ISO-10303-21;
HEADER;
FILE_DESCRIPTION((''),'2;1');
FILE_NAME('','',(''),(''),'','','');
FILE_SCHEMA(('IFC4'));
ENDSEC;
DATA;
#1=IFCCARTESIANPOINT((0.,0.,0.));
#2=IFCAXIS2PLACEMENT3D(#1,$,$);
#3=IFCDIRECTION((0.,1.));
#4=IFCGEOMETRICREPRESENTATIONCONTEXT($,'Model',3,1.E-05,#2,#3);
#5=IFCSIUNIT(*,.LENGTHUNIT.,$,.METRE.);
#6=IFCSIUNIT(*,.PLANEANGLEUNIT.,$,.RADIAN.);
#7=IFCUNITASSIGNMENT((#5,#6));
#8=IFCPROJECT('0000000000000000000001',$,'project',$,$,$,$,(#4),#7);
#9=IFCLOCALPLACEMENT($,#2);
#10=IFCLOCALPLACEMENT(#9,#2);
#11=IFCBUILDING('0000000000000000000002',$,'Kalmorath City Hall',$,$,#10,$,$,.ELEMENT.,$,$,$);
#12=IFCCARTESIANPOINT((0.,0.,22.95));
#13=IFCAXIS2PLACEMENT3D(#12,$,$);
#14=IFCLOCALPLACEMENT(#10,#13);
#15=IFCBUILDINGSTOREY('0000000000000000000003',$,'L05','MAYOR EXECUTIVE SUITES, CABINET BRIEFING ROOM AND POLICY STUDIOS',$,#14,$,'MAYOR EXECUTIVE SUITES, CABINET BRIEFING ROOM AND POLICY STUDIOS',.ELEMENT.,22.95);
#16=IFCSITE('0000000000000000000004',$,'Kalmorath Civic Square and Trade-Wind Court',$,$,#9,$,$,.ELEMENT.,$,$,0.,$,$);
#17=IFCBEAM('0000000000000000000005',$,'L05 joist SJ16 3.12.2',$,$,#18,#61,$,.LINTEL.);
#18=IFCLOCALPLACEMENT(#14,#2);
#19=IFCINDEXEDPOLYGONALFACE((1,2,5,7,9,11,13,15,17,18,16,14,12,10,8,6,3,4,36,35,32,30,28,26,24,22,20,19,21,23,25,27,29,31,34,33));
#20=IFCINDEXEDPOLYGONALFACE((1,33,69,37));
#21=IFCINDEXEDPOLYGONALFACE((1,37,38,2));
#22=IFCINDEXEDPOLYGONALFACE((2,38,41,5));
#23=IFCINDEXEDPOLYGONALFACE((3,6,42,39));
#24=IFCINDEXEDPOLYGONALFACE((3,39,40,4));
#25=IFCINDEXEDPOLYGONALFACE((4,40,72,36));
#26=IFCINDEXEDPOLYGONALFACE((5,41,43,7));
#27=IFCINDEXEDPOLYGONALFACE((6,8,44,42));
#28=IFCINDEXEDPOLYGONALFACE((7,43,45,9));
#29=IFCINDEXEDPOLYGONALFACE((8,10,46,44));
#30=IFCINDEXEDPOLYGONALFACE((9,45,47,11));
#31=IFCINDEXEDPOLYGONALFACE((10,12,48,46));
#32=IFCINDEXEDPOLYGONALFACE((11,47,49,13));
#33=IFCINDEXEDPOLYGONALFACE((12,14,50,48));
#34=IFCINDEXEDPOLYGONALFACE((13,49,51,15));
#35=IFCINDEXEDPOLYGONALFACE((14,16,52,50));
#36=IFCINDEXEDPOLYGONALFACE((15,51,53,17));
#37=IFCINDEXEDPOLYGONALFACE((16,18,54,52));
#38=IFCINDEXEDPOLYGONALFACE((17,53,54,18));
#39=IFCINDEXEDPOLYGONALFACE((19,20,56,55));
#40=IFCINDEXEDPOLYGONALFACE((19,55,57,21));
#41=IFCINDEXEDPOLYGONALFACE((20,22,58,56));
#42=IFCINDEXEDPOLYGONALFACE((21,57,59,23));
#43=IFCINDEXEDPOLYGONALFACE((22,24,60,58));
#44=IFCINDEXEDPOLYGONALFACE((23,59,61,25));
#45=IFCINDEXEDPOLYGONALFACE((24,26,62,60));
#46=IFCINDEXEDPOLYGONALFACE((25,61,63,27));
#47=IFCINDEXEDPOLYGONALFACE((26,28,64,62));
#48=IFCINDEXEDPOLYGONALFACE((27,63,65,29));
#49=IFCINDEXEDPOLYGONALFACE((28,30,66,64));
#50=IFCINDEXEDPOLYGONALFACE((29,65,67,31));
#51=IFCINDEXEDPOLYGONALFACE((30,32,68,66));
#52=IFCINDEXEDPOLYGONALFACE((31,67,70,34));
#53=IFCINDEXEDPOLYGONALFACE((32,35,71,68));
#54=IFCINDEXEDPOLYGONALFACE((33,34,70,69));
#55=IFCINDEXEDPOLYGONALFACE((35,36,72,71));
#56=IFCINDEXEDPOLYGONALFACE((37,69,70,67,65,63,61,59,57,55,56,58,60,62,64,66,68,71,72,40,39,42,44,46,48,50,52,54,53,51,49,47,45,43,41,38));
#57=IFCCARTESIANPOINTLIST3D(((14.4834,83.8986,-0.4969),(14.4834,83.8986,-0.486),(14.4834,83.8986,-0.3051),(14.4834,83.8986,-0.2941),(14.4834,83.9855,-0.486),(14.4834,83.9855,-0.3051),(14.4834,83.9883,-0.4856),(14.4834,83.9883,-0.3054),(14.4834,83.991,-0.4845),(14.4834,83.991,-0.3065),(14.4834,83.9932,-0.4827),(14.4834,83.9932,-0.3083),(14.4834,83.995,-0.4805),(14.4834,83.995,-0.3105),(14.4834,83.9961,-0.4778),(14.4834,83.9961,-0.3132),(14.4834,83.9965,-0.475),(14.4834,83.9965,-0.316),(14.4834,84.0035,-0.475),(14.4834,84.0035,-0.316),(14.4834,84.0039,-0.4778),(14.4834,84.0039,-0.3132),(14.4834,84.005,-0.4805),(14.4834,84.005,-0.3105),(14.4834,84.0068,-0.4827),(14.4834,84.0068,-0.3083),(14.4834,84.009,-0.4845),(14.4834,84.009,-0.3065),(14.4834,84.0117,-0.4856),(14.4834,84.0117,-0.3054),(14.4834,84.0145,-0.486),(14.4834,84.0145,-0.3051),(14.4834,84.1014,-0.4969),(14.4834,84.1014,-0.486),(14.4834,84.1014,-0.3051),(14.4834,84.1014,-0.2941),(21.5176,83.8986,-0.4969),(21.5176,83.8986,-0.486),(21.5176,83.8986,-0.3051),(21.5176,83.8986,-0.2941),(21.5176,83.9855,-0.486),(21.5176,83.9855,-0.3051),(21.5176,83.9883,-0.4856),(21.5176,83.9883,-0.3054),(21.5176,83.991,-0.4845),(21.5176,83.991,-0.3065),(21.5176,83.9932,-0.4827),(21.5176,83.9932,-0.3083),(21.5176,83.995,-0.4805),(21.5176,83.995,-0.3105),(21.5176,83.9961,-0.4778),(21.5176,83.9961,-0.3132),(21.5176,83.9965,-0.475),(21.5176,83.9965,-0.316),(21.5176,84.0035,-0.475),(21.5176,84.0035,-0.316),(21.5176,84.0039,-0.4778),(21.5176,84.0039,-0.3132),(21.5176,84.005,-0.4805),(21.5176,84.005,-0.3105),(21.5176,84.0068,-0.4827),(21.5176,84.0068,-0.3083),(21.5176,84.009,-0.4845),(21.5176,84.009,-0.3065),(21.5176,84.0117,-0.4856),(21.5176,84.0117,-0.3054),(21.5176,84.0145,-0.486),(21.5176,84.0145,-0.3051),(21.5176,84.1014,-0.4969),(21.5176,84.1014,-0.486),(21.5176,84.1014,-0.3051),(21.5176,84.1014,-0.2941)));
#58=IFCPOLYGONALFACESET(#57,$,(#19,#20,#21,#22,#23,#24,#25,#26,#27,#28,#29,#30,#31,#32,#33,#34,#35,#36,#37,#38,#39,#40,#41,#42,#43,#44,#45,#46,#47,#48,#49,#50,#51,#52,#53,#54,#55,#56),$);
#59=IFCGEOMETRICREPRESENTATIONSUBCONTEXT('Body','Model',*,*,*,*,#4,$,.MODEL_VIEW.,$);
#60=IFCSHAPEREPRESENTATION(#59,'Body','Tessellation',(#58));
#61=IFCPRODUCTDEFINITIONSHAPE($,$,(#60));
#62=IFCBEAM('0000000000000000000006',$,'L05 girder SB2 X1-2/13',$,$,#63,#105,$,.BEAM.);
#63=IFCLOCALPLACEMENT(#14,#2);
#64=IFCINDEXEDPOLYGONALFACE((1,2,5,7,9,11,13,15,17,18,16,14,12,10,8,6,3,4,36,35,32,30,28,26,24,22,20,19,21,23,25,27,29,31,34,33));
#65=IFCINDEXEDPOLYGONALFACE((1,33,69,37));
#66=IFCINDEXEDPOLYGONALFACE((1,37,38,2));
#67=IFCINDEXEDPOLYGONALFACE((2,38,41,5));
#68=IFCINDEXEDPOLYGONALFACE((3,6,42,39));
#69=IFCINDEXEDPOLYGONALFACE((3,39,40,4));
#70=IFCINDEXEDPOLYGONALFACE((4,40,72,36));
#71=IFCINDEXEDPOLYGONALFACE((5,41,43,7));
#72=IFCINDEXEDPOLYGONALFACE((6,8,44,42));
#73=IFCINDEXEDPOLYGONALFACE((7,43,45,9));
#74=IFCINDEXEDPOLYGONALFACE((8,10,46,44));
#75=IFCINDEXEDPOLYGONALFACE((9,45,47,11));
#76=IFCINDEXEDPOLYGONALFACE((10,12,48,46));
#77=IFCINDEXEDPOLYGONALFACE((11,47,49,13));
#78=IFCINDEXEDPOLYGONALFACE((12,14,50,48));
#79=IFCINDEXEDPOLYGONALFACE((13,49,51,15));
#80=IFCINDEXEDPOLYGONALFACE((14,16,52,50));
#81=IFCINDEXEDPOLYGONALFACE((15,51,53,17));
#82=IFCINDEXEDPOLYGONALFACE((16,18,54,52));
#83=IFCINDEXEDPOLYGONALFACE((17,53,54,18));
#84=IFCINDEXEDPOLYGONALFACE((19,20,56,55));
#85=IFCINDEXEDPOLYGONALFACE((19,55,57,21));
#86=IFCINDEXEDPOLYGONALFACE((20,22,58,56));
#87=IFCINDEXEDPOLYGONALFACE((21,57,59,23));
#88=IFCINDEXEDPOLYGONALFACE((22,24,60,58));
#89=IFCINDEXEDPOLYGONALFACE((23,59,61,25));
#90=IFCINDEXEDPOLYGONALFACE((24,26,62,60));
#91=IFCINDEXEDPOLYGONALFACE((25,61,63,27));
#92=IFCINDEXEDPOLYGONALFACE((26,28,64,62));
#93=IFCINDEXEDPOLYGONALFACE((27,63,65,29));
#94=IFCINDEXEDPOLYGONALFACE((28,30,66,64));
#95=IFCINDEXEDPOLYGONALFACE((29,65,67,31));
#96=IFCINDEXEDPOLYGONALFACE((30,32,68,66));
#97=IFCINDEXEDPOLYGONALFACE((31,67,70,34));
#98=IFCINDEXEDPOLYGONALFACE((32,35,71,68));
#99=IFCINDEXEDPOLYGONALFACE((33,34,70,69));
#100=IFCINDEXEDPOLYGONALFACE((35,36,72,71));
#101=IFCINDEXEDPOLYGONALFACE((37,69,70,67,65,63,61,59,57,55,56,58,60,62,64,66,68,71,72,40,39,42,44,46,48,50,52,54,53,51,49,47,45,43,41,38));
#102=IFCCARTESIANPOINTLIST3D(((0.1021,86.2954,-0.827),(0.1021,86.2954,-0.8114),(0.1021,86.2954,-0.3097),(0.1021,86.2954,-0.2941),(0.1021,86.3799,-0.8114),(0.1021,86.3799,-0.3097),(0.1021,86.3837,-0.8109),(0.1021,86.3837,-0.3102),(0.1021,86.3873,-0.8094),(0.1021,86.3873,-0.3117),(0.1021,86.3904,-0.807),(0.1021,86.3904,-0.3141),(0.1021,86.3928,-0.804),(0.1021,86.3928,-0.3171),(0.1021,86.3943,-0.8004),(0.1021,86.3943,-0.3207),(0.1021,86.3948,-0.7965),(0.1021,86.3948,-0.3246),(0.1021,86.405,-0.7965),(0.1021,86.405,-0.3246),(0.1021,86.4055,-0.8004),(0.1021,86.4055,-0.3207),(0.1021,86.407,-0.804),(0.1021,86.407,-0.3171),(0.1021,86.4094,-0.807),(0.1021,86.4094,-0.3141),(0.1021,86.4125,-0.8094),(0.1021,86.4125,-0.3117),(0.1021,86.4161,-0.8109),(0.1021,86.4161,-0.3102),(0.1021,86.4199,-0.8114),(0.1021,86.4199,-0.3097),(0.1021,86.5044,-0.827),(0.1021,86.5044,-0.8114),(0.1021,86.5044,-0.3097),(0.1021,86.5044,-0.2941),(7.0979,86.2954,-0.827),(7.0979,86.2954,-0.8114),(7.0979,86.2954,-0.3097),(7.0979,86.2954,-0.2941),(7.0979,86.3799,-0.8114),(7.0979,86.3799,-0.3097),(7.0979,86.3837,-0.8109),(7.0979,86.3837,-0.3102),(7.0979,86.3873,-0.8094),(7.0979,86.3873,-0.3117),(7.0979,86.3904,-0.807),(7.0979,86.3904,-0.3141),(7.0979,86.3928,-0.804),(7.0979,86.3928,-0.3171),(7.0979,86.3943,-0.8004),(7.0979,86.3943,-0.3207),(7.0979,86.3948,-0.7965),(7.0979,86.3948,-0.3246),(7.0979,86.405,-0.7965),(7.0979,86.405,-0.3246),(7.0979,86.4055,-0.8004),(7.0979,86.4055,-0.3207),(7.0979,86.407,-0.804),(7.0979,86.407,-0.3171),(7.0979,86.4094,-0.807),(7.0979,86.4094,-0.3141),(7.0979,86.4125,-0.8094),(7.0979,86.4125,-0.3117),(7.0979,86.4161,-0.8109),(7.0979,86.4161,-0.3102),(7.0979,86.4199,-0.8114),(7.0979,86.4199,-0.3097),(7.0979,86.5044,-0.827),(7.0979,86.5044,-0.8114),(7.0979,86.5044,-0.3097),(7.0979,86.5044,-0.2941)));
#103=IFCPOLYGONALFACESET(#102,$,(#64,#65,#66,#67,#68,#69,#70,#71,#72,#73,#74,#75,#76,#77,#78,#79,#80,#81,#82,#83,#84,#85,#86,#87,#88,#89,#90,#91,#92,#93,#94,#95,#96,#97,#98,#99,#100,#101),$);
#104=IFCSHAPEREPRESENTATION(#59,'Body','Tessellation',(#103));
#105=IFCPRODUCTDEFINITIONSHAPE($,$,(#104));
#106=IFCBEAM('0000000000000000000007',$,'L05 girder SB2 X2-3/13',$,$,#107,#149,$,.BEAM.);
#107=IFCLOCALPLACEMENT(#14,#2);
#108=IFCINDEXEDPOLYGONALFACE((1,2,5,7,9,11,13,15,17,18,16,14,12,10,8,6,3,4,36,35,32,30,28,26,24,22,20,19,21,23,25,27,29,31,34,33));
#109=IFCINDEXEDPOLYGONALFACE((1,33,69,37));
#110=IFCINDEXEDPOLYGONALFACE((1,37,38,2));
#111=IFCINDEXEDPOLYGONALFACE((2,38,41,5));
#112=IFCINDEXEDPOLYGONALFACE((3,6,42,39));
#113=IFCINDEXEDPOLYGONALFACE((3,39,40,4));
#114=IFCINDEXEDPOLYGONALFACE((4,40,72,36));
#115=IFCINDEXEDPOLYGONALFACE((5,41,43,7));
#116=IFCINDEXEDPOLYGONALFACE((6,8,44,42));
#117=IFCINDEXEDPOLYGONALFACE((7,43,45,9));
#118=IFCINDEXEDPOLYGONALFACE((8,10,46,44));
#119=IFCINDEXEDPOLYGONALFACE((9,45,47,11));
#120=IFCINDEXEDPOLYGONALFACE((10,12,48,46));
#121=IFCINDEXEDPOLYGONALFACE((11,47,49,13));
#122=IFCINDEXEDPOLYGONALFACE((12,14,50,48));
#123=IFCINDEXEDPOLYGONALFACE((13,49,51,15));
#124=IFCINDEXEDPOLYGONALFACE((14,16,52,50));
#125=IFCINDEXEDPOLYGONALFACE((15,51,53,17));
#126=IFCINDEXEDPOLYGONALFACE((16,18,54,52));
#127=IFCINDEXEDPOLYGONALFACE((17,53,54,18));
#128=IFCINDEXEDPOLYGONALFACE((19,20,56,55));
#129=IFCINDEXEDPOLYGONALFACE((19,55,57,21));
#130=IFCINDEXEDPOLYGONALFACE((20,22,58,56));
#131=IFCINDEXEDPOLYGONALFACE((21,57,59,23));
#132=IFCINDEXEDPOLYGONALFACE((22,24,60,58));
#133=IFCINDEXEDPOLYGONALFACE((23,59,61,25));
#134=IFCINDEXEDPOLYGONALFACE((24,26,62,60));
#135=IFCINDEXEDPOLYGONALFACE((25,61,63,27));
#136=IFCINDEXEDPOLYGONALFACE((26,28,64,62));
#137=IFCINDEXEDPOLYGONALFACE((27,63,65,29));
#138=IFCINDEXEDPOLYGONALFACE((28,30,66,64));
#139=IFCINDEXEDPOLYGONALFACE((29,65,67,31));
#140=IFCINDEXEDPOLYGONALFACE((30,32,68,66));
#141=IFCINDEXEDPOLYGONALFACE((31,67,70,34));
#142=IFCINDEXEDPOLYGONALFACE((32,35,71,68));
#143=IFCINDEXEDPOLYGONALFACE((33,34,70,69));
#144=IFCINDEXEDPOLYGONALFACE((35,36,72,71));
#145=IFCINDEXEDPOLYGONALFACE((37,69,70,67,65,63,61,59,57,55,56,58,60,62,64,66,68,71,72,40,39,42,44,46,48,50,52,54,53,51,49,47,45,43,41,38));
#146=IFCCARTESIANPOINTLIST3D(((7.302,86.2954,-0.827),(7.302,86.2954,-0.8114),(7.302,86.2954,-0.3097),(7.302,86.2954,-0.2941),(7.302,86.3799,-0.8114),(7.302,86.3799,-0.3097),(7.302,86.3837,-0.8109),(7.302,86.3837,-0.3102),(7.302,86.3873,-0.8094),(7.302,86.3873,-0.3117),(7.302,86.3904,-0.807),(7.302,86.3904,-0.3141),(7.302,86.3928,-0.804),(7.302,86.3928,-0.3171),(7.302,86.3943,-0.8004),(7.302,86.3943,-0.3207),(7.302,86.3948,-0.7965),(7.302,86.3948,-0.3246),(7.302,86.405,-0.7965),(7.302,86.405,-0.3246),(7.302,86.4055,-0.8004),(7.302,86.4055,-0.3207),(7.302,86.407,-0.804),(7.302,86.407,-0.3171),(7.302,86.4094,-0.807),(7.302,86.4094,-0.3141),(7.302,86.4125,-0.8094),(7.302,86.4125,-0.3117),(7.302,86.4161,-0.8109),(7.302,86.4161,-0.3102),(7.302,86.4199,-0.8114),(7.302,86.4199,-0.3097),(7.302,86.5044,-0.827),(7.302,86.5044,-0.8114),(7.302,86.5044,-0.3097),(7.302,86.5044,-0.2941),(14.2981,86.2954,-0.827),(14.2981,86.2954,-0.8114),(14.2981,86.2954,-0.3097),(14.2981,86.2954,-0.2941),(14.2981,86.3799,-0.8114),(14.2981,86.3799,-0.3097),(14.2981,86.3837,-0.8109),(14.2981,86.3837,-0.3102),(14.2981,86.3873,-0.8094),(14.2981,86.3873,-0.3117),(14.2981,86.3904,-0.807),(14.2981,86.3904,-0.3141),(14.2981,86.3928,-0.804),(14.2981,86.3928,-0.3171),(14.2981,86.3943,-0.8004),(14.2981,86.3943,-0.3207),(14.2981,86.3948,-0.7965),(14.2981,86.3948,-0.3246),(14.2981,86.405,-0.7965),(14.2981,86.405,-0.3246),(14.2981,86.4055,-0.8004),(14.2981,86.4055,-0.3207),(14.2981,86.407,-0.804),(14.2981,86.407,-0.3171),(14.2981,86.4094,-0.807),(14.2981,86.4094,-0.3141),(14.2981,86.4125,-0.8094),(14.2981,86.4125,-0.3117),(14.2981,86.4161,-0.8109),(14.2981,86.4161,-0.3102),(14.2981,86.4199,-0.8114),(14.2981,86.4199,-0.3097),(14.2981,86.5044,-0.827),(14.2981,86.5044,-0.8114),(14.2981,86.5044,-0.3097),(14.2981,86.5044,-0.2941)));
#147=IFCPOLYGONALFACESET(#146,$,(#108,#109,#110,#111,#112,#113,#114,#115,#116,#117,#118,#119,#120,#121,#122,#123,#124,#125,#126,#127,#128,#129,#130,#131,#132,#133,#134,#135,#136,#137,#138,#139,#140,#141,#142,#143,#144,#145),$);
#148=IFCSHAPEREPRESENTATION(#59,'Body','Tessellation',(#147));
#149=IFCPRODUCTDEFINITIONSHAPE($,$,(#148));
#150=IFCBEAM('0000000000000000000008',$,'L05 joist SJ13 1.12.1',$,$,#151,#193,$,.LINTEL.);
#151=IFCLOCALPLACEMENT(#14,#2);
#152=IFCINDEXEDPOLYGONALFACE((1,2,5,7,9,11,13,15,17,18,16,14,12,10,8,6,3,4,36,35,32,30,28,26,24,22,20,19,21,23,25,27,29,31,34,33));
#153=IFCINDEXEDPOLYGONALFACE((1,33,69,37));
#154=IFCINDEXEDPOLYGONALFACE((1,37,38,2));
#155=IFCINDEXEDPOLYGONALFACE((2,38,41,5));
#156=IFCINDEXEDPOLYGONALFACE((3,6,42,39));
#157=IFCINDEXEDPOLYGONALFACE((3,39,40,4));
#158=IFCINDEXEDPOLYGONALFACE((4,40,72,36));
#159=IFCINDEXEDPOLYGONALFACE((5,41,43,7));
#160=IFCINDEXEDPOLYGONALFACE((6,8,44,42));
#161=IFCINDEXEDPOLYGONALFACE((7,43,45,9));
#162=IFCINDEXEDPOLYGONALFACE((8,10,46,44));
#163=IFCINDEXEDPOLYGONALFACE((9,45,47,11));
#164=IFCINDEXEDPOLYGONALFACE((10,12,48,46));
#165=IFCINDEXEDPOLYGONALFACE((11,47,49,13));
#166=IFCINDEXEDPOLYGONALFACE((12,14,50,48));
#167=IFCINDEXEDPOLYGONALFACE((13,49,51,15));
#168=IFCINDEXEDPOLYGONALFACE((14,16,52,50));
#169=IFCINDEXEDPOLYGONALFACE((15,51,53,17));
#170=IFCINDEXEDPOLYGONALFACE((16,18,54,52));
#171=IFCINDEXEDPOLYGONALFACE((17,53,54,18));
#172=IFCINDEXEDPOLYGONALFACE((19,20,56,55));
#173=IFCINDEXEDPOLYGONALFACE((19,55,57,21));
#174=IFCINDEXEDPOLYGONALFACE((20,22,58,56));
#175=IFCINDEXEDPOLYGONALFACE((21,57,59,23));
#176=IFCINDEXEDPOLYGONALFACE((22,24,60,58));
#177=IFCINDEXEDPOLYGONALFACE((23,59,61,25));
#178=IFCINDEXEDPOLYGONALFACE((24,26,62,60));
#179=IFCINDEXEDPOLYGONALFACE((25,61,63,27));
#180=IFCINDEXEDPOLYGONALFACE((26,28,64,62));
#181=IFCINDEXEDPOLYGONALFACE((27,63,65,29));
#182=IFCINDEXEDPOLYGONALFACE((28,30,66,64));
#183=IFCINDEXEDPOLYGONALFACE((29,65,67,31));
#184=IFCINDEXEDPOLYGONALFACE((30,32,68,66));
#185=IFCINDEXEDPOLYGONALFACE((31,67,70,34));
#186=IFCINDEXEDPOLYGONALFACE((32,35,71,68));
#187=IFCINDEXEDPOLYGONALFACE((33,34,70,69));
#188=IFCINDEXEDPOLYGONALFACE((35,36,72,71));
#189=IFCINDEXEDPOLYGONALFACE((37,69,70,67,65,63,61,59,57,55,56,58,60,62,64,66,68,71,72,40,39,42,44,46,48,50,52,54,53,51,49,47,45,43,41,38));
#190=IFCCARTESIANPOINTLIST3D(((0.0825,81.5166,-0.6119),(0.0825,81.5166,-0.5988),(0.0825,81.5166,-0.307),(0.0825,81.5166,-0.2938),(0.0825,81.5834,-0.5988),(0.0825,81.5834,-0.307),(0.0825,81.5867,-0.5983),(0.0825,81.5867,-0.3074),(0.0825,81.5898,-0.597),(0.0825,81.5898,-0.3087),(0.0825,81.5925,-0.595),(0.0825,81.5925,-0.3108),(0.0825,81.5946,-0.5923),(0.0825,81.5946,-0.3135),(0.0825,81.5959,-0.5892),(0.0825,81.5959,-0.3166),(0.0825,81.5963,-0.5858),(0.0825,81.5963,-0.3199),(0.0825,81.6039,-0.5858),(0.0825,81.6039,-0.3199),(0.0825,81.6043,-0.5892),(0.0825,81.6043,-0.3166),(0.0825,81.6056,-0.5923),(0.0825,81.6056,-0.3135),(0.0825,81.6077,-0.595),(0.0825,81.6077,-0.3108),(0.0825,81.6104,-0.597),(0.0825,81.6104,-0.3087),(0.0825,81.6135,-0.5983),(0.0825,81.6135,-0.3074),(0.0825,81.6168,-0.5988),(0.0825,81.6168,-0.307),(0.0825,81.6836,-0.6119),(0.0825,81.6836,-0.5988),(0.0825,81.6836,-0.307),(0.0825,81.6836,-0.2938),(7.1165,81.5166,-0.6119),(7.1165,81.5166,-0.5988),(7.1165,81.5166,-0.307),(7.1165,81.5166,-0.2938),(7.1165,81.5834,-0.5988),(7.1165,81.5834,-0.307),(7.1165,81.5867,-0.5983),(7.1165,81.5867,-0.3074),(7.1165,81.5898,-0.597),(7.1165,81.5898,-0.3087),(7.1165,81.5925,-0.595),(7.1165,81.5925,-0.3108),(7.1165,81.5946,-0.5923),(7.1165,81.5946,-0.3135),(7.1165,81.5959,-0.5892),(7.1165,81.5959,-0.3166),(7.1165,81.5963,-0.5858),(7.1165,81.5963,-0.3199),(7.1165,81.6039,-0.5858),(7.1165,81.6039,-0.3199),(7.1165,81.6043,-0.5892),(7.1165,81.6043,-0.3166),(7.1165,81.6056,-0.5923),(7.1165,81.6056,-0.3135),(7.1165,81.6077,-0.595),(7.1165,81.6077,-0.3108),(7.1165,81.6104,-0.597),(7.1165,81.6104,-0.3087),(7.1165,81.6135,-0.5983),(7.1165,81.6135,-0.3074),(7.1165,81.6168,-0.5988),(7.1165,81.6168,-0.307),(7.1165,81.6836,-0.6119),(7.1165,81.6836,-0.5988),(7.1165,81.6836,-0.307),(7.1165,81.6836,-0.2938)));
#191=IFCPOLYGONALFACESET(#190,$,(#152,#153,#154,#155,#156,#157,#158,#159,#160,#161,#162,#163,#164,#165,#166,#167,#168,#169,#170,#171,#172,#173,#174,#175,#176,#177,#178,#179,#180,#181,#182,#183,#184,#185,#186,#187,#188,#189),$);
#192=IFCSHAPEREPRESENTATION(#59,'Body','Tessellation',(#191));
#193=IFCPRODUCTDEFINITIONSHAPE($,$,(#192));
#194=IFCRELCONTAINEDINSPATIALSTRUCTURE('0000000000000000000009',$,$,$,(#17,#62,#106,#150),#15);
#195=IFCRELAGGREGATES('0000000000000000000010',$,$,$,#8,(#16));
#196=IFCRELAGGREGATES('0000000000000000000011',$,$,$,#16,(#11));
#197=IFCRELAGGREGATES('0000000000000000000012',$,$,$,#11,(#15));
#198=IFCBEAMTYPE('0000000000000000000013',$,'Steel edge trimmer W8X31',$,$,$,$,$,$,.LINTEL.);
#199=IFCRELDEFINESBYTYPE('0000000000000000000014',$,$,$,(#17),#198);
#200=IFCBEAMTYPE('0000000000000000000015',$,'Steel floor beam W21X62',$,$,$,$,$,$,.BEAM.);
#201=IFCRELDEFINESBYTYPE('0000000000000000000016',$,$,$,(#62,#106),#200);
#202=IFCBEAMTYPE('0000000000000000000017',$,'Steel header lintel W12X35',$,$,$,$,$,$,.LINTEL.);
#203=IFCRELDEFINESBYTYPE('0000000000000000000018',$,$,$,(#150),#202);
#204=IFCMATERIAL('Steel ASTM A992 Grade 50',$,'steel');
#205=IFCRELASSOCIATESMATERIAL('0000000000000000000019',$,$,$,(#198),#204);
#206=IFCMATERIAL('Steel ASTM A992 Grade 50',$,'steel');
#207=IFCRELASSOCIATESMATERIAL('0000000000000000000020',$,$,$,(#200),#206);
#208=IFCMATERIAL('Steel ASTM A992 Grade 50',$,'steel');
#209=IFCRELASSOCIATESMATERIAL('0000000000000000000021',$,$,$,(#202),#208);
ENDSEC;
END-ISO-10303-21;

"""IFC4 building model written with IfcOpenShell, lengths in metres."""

from ifc_helpers import new_model, si_unit, direction, frame, origin, origin_2d, place, context, subcontext, project, spatial, i_section, extrude, material, material_profile, profile_set, type_object, element, save


model = new_model("IFC4")

# Units and contexts
model_context = context("Model", 3, precision=1e-05, world=origin(), true_north=direction((0.0, 1.0)))
body_context = subcontext(model_context, "Body", "Model", "MODEL_VIEW")
ifc_project = project(units=[si_unit("LENGTHUNIT", "METRE"), si_unit("PLANEANGLEUNIT", "RADIAN")], contexts=[model_context])

# Site, building, storey
site_placement = place(None, origin())
site = spatial("IfcSite", under=ifc_project, at=site_placement, Name="Kalmorath Civic Square and Trade-Wind Court", CompositionType="ELEMENT", RefElevation=0.0)
building_placement = place(site_placement, origin())
building = spatial("IfcBuilding", under=site, at=building_placement, Name="Kalmorath City Hall", CompositionType="ELEMENT")
storey_placement = place(building_placement, frame((0.0, 0.0, 22.95)))
storey = spatial("IfcBuildingStorey", under=building, at=storey_placement, Name="L05", Description="MAYOR EXECUTIVE SUITES, CABINET BRIEFING ROOM AND POLICY STUDIOS", LongName="MAYOR EXECUTIVE SUITES, CABINET BRIEFING ROOM AND POLICY STUDIOS", CompositionType="ELEMENT", Elevation=22.95)

# Beams
ifc_material_1 = material(Name="Steel ASTM A992 Grade 50", Category="steel")
ifc_material_profile_1 = material_profile(ifc_material_1, i_section(OverallWidth=0.2029, OverallDepth=0.2029, WebThickness=0.0071, FlangeThickness=0.011, FilletRadius=0.011, at=origin_2d()), Name="W8X31")
ifc_profile_set_1 = profile_set([ifc_material_profile_1], Name="Steel ASTM A992 Grade 50")
beam_type_1 = type_object("IfcBeamType", Name="Steel edge trimmer W8X31", PredefinedType="LINTEL", material=ifc_profile_set_1)
for number, where, z_axis, x_axis, name in (
    (1, (14.4834, 84.0, -0.3955), (1.0, 0.0, 0.0), (0.0, 1.0, 0.0), "L05 joist SJ16 3.12.2"),
):
    element("IfcBeam", number, at=place(storey_placement, frame(where, z_axis=z_axis, x_axis=x_axis)), inside=storey, type_object=beam_type_1, Name=name, PredefinedType="LINTEL", context=body_context, shape_type="SweptSolid", body=[
        extrude(i_section(OverallWidth=0.2029, OverallDepth=0.2029, WebThickness=0.0071, FlangeThickness=0.011, FilletRadius=0.011, at=origin_2d()), origin(), (0.0, 0.0, 1.0), 7.0342),
    ])
ifc_material_2 = material(Name="Steel ASTM A992 Grade 50", Category="steel")
ifc_material_profile_2 = material_profile(ifc_material_2, i_section(OverallWidth=0.209, OverallDepth=0.533, WebThickness=0.0103, FlangeThickness=0.0156, FilletRadius=0.0149, at=origin_2d()), Name="W21X62")
ifc_profile_set_2 = profile_set([ifc_material_profile_2], Name="Steel ASTM A992 Grade 50")
beam_type_2 = type_object("IfcBeamType", Name="Steel floor beam W21X62", PredefinedType="BEAM", material=ifc_profile_set_2)
beam_1_placement = place(storey_placement, frame((0.1021, 86.3999, -0.5605), z_axis=(1.0, 0.0, 0.0), x_axis=(0.0, 1.0, 0.0)))
element("IfcBeam", 2, at=beam_1_placement, inside=storey, type_object=beam_type_2, Name="L05 girder SB2 X1-2/13", PredefinedType="BEAM", context=body_context, shape_type="SweptSolid", body=[
    extrude(i_section(OverallWidth=0.209, OverallDepth=0.533, WebThickness=0.0103, FlangeThickness=0.0156, FilletRadius=0.0149, at=origin_2d()), origin(), (0.0, 0.0, 1.0), 6.9958),
])
beam_2_placement = place(storey_placement, frame((7.302, 86.3999, -0.5605), z_axis=(1.0, 0.0, 0.0), x_axis=(0.0, 1.0, 0.0)))
element("IfcBeam", 3, at=beam_2_placement, inside=storey, type_object=beam_type_2, Name="L05 girder SB2 X2-3/13", PredefinedType="BEAM", context=body_context, shape_type="SweptSolid", body=[
    extrude(i_section(OverallWidth=0.209, OverallDepth=0.533, WebThickness=0.0103, FlangeThickness=0.0156, FilletRadius=0.0149, at=origin_2d()), origin(), (0.0, 0.0, 1.0), 6.9961),
])
ifc_material_3 = material(Name="Steel ASTM A992 Grade 50", Category="steel")
ifc_material_profile_3 = material_profile(ifc_material_3, i_section(OverallWidth=0.167, OverallDepth=0.3181, WebThickness=0.0076, FlangeThickness=0.0132, FilletRadius=0.0129, at=origin_2d()), Name="W12X35")
ifc_profile_set_3 = profile_set([ifc_material_profile_3], Name="Steel ASTM A992 Grade 50")
beam_type_3 = type_object("IfcBeamType", Name="Steel header lintel W12X35", PredefinedType="LINTEL", material=ifc_profile_set_3)
for number, where, z_axis, x_axis, name in (
    (4, (0.0825, 81.6001, -0.4529), (1.0, 0.0, 0.0), (0.0, 1.0, 0.0), "L05 joist SJ13 1.12.1"),
):
    element("IfcBeam", number, at=place(storey_placement, frame(where, z_axis=z_axis, x_axis=x_axis)), inside=storey, type_object=beam_type_3, Name=name, PredefinedType="LINTEL", context=body_context, shape_type="SweptSolid", body=[
        extrude(i_section(OverallWidth=0.167, OverallDepth=0.3181, WebThickness=0.0076, FlangeThickness=0.0132, FilletRadius=0.0129, at=origin_2d()), origin(), (0.0, 0.0, 1.0), 7.0339),
    ])

save(model, "model.ifc")
